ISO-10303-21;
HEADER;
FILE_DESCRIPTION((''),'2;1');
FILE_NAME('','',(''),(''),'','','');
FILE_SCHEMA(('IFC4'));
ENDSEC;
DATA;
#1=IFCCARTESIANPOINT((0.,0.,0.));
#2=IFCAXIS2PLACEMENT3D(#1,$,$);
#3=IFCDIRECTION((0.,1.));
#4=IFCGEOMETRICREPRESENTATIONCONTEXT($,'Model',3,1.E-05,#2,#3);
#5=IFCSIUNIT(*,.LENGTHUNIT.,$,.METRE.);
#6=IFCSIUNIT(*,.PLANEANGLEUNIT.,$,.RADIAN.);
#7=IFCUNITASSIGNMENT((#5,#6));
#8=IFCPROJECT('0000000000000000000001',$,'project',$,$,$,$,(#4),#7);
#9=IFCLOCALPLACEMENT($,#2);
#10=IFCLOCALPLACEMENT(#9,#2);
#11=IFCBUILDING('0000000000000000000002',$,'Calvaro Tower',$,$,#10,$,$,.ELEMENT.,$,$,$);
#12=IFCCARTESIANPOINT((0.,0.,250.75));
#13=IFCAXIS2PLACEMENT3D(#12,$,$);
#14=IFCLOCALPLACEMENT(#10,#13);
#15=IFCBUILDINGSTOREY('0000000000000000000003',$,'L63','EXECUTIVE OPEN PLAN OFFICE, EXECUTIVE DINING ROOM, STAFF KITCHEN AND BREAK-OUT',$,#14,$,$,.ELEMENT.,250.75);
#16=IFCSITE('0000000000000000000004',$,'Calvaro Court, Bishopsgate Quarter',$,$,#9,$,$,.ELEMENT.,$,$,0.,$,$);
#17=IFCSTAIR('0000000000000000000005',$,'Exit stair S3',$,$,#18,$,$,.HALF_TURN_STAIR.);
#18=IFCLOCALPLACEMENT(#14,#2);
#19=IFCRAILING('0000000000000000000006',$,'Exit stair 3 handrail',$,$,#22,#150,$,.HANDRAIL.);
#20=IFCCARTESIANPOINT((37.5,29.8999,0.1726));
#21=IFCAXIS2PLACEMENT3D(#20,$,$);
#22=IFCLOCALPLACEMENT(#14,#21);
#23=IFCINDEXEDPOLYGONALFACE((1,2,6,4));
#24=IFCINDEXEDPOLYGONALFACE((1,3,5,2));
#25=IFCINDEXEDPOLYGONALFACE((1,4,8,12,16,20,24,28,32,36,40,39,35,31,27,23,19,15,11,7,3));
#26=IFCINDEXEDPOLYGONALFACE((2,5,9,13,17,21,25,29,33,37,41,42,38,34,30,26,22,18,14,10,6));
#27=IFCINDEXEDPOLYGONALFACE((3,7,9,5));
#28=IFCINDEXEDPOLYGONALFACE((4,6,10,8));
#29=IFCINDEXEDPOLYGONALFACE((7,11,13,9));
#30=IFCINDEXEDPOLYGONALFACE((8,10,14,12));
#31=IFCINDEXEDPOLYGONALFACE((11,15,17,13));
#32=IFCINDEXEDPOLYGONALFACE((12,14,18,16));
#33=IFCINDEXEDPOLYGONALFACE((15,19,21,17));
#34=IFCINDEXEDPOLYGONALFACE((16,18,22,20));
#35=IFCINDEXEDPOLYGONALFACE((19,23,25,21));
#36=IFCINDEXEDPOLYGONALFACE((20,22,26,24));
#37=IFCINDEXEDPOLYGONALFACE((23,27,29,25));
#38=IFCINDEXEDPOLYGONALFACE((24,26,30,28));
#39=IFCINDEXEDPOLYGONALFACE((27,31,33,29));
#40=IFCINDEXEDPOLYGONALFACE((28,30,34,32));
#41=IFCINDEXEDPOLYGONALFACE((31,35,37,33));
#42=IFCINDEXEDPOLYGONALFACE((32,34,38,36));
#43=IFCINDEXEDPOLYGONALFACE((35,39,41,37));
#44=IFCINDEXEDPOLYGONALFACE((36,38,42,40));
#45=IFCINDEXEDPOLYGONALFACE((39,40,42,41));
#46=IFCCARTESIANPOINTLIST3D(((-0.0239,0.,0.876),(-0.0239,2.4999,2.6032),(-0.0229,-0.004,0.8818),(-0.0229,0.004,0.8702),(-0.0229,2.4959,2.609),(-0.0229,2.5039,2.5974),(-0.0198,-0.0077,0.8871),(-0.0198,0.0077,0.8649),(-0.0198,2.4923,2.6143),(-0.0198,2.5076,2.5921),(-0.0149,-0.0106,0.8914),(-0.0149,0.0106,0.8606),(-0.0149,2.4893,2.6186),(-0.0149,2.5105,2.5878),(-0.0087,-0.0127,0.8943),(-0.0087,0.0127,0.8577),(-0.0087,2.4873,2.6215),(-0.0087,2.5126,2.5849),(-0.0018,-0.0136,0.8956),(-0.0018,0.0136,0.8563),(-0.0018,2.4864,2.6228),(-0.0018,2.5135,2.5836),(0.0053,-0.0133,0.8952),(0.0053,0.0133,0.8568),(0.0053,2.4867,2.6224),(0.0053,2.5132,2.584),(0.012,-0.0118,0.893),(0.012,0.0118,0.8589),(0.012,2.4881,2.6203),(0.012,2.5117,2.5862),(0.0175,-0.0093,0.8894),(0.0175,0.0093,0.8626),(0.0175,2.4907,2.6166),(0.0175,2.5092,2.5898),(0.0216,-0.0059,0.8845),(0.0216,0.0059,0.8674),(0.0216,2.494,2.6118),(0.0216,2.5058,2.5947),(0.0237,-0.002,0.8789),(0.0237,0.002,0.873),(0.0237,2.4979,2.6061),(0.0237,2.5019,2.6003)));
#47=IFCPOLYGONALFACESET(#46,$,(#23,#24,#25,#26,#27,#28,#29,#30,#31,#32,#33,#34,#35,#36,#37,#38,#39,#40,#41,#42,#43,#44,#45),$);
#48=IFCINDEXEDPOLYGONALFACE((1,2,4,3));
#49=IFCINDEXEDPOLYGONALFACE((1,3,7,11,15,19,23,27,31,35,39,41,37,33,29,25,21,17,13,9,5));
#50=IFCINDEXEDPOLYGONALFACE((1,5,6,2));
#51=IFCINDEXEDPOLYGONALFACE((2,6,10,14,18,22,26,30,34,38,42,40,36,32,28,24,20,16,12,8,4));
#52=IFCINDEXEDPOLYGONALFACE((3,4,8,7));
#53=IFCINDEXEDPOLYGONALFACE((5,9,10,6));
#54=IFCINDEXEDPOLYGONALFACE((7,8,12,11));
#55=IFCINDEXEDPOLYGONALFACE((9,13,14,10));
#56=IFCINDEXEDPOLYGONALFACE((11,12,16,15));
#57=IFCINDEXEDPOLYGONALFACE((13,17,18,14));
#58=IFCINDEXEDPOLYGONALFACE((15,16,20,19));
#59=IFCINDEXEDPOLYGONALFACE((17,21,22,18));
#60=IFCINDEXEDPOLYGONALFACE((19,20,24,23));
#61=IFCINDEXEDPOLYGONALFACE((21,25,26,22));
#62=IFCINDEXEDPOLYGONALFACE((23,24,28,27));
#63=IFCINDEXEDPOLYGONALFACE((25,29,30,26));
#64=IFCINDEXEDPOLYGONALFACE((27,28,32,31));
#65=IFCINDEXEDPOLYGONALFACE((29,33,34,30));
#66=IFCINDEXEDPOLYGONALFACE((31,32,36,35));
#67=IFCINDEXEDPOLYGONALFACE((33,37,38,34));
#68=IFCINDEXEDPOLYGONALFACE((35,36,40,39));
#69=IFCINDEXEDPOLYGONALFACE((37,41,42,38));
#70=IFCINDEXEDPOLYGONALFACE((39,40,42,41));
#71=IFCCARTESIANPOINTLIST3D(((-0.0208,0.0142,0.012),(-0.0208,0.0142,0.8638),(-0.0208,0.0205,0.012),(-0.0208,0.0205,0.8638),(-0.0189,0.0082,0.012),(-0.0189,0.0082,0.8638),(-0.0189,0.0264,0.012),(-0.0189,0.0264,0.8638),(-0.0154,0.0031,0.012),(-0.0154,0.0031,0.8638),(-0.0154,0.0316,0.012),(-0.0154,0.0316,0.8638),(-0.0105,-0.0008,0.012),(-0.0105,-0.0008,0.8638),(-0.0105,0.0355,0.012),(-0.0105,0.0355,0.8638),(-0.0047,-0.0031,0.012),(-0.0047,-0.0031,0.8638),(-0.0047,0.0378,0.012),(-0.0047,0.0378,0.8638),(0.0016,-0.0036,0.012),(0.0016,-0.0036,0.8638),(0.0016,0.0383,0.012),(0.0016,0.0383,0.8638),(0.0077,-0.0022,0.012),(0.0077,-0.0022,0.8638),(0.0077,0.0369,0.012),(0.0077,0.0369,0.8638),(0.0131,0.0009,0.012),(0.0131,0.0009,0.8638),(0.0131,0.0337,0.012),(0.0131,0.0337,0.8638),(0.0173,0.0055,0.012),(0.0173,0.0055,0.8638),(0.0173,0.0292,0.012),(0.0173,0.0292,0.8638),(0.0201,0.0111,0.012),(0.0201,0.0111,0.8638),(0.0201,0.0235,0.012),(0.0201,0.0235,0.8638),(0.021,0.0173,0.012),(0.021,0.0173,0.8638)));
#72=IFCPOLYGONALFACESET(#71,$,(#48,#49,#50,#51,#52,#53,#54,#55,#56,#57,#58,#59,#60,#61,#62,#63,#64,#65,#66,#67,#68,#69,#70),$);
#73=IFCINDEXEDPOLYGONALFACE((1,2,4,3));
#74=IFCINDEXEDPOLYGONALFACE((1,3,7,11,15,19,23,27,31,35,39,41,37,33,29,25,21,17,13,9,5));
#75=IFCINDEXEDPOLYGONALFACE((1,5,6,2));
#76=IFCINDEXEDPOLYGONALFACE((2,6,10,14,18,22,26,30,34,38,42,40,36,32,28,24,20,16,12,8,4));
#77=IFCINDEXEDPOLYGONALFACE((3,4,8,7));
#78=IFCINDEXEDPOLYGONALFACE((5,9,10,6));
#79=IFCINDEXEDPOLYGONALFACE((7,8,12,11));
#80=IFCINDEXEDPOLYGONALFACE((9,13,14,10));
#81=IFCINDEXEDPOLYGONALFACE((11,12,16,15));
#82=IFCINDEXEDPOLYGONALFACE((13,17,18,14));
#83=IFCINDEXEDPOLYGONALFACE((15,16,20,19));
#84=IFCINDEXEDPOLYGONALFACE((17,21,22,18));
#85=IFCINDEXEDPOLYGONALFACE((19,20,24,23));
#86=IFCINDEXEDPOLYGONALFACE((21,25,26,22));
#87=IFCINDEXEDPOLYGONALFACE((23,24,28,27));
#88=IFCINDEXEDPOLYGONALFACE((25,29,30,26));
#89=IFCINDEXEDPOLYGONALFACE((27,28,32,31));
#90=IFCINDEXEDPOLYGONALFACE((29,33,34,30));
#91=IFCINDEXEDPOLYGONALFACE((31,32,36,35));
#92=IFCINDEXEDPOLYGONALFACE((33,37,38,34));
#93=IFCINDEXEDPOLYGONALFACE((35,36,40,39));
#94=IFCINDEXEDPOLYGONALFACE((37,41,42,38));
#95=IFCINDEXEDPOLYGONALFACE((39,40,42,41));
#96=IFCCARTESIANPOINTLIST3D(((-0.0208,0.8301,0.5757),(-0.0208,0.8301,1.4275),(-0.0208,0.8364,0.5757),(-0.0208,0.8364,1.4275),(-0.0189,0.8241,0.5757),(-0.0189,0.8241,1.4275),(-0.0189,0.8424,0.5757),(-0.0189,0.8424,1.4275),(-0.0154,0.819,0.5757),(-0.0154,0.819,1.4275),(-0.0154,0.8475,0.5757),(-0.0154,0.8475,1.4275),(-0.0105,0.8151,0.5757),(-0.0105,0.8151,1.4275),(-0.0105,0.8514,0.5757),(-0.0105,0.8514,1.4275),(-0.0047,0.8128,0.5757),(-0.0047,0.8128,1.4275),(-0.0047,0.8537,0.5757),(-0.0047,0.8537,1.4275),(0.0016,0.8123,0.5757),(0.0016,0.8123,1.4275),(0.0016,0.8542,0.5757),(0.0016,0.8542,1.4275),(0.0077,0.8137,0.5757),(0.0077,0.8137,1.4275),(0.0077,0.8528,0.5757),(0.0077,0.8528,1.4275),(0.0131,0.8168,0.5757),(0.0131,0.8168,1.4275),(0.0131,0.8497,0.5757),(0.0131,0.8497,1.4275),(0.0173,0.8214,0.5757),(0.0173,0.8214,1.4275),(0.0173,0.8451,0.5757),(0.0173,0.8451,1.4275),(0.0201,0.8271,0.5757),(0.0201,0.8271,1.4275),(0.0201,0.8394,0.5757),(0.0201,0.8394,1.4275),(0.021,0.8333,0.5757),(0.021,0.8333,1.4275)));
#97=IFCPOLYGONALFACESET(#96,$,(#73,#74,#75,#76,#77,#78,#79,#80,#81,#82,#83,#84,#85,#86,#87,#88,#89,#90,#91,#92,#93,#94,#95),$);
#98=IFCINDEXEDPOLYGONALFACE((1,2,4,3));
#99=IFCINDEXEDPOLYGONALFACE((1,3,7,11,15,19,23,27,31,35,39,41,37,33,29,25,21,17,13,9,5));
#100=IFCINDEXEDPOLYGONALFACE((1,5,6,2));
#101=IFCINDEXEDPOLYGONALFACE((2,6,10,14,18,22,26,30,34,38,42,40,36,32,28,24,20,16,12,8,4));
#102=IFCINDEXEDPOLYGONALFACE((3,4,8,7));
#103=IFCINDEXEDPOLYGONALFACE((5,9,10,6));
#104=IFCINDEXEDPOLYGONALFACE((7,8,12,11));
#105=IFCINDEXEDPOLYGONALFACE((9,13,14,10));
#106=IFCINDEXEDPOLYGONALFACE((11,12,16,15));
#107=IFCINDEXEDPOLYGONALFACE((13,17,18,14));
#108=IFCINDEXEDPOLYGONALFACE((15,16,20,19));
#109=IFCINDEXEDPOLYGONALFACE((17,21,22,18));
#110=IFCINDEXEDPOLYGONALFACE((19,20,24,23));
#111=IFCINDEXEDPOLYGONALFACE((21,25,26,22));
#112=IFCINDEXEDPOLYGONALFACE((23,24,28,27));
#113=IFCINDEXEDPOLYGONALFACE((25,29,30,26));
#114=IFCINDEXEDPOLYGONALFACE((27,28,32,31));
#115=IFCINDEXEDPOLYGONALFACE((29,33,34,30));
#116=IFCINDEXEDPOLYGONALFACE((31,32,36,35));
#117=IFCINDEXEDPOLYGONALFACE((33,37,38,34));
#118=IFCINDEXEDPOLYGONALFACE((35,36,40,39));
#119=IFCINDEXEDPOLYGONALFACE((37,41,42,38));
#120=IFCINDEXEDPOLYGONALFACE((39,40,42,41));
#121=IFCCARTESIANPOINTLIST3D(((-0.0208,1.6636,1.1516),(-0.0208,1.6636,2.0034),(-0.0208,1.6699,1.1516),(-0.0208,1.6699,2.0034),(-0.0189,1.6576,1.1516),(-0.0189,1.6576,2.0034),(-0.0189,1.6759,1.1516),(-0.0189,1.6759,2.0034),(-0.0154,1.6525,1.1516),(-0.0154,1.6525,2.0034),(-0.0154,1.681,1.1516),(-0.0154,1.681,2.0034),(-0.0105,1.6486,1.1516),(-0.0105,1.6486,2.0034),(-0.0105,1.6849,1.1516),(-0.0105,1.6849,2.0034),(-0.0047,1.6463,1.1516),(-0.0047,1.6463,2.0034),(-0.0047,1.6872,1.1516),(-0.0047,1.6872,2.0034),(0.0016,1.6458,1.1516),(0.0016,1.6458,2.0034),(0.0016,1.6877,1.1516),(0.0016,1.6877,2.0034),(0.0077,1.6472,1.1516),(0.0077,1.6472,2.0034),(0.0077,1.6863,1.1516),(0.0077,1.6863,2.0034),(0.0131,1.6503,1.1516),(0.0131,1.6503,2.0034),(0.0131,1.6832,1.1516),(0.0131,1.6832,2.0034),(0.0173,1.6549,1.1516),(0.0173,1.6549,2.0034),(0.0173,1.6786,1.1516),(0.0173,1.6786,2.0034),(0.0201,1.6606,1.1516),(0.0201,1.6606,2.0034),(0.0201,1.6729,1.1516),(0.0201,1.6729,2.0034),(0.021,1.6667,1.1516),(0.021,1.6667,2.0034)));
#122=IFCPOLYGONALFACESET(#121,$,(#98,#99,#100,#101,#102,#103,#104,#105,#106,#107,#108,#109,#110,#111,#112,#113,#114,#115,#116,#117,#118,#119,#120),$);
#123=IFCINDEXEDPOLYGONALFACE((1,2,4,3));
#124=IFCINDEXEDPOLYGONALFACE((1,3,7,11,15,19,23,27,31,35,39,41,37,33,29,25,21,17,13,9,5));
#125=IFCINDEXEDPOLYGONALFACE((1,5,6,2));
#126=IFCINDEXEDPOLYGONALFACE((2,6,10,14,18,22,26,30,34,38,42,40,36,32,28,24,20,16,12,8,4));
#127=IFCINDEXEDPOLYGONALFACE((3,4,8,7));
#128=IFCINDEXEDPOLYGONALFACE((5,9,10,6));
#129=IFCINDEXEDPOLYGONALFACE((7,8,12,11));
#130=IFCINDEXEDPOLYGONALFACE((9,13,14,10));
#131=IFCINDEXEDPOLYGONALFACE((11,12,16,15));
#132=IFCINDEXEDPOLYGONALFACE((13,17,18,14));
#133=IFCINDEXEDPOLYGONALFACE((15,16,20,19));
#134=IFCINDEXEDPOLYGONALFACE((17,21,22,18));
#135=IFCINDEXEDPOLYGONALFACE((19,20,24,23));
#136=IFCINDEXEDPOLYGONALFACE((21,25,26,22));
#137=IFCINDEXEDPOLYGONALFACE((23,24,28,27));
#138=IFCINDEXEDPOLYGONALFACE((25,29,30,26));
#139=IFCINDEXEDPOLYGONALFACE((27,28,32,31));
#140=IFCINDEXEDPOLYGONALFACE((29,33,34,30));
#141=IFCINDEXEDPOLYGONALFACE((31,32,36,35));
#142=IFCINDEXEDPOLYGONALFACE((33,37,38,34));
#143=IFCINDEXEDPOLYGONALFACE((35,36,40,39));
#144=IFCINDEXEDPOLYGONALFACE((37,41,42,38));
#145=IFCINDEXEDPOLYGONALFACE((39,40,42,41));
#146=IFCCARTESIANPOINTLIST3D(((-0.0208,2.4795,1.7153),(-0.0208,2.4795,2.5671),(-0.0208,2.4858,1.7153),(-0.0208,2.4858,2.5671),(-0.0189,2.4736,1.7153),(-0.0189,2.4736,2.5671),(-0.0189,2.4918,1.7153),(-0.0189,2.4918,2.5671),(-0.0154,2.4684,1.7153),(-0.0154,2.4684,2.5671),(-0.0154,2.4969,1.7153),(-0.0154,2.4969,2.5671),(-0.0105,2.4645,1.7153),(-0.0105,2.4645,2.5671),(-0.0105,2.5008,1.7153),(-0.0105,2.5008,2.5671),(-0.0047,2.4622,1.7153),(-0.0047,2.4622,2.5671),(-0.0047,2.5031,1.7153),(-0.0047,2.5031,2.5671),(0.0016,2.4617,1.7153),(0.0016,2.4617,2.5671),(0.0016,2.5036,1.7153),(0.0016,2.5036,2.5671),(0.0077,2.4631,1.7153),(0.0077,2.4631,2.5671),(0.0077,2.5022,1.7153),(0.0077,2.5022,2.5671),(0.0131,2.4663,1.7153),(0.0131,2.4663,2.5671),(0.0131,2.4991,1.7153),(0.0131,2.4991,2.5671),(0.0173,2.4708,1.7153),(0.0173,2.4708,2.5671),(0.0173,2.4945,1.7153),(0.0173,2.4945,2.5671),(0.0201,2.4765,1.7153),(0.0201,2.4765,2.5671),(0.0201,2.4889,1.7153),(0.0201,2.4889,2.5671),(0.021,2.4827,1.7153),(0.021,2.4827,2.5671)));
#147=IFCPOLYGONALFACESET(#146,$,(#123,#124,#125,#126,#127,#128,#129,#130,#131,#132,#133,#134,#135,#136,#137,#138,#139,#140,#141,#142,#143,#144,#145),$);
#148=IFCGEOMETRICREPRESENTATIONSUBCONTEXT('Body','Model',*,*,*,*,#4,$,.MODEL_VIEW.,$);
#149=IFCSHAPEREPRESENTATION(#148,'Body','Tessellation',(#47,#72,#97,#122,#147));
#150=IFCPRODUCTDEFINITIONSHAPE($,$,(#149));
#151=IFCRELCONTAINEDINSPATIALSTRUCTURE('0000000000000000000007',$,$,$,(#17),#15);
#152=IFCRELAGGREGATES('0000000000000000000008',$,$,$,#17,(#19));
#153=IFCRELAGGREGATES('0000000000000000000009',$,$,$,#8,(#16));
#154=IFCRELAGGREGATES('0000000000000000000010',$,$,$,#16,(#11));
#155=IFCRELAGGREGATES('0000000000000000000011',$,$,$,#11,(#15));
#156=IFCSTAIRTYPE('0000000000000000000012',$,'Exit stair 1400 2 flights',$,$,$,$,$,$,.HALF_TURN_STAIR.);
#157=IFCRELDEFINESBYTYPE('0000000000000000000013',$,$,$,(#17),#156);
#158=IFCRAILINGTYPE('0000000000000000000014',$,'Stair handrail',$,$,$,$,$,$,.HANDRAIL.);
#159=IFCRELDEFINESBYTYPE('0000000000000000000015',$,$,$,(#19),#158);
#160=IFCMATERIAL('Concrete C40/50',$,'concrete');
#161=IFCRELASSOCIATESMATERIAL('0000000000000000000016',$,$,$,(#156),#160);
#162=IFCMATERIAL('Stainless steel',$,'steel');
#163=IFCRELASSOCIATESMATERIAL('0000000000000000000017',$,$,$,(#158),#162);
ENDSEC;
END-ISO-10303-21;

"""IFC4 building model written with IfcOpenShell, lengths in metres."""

from ifc_helpers import new_model, si_unit, direction, frame, origin, origin_2d, place, context, subcontext, project, spatial, circle, extrude, material, type_object, element, aggregate, save


model = new_model("IFC4")

# Units and contexts
model_context = context("Model", 3, precision=1e-05, world=origin(), true_north=direction((0.0, 1.0)))
body_context = subcontext(model_context, "Body", "Model", "MODEL_VIEW")
ifc_project = project(units=[si_unit("LENGTHUNIT", "METRE"), si_unit("PLANEANGLEUNIT", "RADIAN")], contexts=[model_context])

# Site, building, storey
site_placement = place(None, origin())
site = spatial("IfcSite", under=ifc_project, at=site_placement, Name="Calvaro Court, Bishopsgate Quarter", CompositionType="ELEMENT", RefElevation=0.0)
building_placement = place(site_placement, origin())
building = spatial("IfcBuilding", under=site, at=building_placement, Name="Calvaro Tower", CompositionType="ELEMENT")
storey_placement = place(building_placement, frame((0.0, 0.0, 250.75)))
storey = spatial("IfcBuildingStorey", under=building, at=storey_placement, Name="L63", Description="EXECUTIVE OPEN PLAN OFFICE, EXECUTIVE DINING ROOM, STAFF KITCHEN AND BREAK-OUT", CompositionType="ELEMENT", Elevation=250.75)

# Stair
ifc_material_1 = material(Name="Concrete C40/50", Category="concrete")
stair_type = type_object("IfcStairType", Name="Exit stair 1400 2 flights", PredefinedType="HALF_TURN_STAIR", material=ifc_material_1)
stair_1_placement = place(storey_placement, origin())
stair_1 = element("IfcStair", 1, at=stair_1_placement, inside=storey, type_object=stair_type, Name="Exit stair S3", PredefinedType="HALF_TURN_STAIR")

# Railing
ifc_material_2 = material(Name="Stainless steel", Category="steel")
railing_type = type_object("IfcRailingType", Name="Stair handrail", PredefinedType="HANDRAIL", material=ifc_material_2)
railing_1_placement = place(storey_placement, frame((37.5, 29.8999, 0.1726)))
railing_1 = element("IfcRailing", 2, at=railing_1_placement, type_object=railing_type, Name="Exit stair 3 handrail", PredefinedType="HANDRAIL", context=body_context, shape_type="SweptSolid", body=[
    extrude(circle(Radius=0.0239, at=origin_2d()), frame((0.0, 0.0, 0.876), z_axis=(0.0, 0.822727, 0.568437), x_axis=(-1.0, 0.0, 0.0)), (0.0, 0.0, 1.0), 3.0386),
    extrude(circle(Radius=0.021, at=origin_2d()), frame((0.0, 0.0173, 0.012)), (0.0, 0.0, 1.0), 0.8518),
    extrude(circle(Radius=0.021, at=origin_2d()), frame((0.0, 0.8333, 0.5757)), (0.0, 0.0, 1.0), 0.8518),
    extrude(circle(Radius=0.021, at=origin_2d()), frame((0.0, 1.6667, 1.1516)), (0.0, 0.0, 1.0), 0.8518),
    extrude(circle(Radius=0.021, at=origin_2d()), frame((0.0, 2.4827, 1.7153)), (0.0, 0.0, 1.0), 0.8518),
])
aggregate(stair_1, [railing_1])

save(model, "model.ifc")
